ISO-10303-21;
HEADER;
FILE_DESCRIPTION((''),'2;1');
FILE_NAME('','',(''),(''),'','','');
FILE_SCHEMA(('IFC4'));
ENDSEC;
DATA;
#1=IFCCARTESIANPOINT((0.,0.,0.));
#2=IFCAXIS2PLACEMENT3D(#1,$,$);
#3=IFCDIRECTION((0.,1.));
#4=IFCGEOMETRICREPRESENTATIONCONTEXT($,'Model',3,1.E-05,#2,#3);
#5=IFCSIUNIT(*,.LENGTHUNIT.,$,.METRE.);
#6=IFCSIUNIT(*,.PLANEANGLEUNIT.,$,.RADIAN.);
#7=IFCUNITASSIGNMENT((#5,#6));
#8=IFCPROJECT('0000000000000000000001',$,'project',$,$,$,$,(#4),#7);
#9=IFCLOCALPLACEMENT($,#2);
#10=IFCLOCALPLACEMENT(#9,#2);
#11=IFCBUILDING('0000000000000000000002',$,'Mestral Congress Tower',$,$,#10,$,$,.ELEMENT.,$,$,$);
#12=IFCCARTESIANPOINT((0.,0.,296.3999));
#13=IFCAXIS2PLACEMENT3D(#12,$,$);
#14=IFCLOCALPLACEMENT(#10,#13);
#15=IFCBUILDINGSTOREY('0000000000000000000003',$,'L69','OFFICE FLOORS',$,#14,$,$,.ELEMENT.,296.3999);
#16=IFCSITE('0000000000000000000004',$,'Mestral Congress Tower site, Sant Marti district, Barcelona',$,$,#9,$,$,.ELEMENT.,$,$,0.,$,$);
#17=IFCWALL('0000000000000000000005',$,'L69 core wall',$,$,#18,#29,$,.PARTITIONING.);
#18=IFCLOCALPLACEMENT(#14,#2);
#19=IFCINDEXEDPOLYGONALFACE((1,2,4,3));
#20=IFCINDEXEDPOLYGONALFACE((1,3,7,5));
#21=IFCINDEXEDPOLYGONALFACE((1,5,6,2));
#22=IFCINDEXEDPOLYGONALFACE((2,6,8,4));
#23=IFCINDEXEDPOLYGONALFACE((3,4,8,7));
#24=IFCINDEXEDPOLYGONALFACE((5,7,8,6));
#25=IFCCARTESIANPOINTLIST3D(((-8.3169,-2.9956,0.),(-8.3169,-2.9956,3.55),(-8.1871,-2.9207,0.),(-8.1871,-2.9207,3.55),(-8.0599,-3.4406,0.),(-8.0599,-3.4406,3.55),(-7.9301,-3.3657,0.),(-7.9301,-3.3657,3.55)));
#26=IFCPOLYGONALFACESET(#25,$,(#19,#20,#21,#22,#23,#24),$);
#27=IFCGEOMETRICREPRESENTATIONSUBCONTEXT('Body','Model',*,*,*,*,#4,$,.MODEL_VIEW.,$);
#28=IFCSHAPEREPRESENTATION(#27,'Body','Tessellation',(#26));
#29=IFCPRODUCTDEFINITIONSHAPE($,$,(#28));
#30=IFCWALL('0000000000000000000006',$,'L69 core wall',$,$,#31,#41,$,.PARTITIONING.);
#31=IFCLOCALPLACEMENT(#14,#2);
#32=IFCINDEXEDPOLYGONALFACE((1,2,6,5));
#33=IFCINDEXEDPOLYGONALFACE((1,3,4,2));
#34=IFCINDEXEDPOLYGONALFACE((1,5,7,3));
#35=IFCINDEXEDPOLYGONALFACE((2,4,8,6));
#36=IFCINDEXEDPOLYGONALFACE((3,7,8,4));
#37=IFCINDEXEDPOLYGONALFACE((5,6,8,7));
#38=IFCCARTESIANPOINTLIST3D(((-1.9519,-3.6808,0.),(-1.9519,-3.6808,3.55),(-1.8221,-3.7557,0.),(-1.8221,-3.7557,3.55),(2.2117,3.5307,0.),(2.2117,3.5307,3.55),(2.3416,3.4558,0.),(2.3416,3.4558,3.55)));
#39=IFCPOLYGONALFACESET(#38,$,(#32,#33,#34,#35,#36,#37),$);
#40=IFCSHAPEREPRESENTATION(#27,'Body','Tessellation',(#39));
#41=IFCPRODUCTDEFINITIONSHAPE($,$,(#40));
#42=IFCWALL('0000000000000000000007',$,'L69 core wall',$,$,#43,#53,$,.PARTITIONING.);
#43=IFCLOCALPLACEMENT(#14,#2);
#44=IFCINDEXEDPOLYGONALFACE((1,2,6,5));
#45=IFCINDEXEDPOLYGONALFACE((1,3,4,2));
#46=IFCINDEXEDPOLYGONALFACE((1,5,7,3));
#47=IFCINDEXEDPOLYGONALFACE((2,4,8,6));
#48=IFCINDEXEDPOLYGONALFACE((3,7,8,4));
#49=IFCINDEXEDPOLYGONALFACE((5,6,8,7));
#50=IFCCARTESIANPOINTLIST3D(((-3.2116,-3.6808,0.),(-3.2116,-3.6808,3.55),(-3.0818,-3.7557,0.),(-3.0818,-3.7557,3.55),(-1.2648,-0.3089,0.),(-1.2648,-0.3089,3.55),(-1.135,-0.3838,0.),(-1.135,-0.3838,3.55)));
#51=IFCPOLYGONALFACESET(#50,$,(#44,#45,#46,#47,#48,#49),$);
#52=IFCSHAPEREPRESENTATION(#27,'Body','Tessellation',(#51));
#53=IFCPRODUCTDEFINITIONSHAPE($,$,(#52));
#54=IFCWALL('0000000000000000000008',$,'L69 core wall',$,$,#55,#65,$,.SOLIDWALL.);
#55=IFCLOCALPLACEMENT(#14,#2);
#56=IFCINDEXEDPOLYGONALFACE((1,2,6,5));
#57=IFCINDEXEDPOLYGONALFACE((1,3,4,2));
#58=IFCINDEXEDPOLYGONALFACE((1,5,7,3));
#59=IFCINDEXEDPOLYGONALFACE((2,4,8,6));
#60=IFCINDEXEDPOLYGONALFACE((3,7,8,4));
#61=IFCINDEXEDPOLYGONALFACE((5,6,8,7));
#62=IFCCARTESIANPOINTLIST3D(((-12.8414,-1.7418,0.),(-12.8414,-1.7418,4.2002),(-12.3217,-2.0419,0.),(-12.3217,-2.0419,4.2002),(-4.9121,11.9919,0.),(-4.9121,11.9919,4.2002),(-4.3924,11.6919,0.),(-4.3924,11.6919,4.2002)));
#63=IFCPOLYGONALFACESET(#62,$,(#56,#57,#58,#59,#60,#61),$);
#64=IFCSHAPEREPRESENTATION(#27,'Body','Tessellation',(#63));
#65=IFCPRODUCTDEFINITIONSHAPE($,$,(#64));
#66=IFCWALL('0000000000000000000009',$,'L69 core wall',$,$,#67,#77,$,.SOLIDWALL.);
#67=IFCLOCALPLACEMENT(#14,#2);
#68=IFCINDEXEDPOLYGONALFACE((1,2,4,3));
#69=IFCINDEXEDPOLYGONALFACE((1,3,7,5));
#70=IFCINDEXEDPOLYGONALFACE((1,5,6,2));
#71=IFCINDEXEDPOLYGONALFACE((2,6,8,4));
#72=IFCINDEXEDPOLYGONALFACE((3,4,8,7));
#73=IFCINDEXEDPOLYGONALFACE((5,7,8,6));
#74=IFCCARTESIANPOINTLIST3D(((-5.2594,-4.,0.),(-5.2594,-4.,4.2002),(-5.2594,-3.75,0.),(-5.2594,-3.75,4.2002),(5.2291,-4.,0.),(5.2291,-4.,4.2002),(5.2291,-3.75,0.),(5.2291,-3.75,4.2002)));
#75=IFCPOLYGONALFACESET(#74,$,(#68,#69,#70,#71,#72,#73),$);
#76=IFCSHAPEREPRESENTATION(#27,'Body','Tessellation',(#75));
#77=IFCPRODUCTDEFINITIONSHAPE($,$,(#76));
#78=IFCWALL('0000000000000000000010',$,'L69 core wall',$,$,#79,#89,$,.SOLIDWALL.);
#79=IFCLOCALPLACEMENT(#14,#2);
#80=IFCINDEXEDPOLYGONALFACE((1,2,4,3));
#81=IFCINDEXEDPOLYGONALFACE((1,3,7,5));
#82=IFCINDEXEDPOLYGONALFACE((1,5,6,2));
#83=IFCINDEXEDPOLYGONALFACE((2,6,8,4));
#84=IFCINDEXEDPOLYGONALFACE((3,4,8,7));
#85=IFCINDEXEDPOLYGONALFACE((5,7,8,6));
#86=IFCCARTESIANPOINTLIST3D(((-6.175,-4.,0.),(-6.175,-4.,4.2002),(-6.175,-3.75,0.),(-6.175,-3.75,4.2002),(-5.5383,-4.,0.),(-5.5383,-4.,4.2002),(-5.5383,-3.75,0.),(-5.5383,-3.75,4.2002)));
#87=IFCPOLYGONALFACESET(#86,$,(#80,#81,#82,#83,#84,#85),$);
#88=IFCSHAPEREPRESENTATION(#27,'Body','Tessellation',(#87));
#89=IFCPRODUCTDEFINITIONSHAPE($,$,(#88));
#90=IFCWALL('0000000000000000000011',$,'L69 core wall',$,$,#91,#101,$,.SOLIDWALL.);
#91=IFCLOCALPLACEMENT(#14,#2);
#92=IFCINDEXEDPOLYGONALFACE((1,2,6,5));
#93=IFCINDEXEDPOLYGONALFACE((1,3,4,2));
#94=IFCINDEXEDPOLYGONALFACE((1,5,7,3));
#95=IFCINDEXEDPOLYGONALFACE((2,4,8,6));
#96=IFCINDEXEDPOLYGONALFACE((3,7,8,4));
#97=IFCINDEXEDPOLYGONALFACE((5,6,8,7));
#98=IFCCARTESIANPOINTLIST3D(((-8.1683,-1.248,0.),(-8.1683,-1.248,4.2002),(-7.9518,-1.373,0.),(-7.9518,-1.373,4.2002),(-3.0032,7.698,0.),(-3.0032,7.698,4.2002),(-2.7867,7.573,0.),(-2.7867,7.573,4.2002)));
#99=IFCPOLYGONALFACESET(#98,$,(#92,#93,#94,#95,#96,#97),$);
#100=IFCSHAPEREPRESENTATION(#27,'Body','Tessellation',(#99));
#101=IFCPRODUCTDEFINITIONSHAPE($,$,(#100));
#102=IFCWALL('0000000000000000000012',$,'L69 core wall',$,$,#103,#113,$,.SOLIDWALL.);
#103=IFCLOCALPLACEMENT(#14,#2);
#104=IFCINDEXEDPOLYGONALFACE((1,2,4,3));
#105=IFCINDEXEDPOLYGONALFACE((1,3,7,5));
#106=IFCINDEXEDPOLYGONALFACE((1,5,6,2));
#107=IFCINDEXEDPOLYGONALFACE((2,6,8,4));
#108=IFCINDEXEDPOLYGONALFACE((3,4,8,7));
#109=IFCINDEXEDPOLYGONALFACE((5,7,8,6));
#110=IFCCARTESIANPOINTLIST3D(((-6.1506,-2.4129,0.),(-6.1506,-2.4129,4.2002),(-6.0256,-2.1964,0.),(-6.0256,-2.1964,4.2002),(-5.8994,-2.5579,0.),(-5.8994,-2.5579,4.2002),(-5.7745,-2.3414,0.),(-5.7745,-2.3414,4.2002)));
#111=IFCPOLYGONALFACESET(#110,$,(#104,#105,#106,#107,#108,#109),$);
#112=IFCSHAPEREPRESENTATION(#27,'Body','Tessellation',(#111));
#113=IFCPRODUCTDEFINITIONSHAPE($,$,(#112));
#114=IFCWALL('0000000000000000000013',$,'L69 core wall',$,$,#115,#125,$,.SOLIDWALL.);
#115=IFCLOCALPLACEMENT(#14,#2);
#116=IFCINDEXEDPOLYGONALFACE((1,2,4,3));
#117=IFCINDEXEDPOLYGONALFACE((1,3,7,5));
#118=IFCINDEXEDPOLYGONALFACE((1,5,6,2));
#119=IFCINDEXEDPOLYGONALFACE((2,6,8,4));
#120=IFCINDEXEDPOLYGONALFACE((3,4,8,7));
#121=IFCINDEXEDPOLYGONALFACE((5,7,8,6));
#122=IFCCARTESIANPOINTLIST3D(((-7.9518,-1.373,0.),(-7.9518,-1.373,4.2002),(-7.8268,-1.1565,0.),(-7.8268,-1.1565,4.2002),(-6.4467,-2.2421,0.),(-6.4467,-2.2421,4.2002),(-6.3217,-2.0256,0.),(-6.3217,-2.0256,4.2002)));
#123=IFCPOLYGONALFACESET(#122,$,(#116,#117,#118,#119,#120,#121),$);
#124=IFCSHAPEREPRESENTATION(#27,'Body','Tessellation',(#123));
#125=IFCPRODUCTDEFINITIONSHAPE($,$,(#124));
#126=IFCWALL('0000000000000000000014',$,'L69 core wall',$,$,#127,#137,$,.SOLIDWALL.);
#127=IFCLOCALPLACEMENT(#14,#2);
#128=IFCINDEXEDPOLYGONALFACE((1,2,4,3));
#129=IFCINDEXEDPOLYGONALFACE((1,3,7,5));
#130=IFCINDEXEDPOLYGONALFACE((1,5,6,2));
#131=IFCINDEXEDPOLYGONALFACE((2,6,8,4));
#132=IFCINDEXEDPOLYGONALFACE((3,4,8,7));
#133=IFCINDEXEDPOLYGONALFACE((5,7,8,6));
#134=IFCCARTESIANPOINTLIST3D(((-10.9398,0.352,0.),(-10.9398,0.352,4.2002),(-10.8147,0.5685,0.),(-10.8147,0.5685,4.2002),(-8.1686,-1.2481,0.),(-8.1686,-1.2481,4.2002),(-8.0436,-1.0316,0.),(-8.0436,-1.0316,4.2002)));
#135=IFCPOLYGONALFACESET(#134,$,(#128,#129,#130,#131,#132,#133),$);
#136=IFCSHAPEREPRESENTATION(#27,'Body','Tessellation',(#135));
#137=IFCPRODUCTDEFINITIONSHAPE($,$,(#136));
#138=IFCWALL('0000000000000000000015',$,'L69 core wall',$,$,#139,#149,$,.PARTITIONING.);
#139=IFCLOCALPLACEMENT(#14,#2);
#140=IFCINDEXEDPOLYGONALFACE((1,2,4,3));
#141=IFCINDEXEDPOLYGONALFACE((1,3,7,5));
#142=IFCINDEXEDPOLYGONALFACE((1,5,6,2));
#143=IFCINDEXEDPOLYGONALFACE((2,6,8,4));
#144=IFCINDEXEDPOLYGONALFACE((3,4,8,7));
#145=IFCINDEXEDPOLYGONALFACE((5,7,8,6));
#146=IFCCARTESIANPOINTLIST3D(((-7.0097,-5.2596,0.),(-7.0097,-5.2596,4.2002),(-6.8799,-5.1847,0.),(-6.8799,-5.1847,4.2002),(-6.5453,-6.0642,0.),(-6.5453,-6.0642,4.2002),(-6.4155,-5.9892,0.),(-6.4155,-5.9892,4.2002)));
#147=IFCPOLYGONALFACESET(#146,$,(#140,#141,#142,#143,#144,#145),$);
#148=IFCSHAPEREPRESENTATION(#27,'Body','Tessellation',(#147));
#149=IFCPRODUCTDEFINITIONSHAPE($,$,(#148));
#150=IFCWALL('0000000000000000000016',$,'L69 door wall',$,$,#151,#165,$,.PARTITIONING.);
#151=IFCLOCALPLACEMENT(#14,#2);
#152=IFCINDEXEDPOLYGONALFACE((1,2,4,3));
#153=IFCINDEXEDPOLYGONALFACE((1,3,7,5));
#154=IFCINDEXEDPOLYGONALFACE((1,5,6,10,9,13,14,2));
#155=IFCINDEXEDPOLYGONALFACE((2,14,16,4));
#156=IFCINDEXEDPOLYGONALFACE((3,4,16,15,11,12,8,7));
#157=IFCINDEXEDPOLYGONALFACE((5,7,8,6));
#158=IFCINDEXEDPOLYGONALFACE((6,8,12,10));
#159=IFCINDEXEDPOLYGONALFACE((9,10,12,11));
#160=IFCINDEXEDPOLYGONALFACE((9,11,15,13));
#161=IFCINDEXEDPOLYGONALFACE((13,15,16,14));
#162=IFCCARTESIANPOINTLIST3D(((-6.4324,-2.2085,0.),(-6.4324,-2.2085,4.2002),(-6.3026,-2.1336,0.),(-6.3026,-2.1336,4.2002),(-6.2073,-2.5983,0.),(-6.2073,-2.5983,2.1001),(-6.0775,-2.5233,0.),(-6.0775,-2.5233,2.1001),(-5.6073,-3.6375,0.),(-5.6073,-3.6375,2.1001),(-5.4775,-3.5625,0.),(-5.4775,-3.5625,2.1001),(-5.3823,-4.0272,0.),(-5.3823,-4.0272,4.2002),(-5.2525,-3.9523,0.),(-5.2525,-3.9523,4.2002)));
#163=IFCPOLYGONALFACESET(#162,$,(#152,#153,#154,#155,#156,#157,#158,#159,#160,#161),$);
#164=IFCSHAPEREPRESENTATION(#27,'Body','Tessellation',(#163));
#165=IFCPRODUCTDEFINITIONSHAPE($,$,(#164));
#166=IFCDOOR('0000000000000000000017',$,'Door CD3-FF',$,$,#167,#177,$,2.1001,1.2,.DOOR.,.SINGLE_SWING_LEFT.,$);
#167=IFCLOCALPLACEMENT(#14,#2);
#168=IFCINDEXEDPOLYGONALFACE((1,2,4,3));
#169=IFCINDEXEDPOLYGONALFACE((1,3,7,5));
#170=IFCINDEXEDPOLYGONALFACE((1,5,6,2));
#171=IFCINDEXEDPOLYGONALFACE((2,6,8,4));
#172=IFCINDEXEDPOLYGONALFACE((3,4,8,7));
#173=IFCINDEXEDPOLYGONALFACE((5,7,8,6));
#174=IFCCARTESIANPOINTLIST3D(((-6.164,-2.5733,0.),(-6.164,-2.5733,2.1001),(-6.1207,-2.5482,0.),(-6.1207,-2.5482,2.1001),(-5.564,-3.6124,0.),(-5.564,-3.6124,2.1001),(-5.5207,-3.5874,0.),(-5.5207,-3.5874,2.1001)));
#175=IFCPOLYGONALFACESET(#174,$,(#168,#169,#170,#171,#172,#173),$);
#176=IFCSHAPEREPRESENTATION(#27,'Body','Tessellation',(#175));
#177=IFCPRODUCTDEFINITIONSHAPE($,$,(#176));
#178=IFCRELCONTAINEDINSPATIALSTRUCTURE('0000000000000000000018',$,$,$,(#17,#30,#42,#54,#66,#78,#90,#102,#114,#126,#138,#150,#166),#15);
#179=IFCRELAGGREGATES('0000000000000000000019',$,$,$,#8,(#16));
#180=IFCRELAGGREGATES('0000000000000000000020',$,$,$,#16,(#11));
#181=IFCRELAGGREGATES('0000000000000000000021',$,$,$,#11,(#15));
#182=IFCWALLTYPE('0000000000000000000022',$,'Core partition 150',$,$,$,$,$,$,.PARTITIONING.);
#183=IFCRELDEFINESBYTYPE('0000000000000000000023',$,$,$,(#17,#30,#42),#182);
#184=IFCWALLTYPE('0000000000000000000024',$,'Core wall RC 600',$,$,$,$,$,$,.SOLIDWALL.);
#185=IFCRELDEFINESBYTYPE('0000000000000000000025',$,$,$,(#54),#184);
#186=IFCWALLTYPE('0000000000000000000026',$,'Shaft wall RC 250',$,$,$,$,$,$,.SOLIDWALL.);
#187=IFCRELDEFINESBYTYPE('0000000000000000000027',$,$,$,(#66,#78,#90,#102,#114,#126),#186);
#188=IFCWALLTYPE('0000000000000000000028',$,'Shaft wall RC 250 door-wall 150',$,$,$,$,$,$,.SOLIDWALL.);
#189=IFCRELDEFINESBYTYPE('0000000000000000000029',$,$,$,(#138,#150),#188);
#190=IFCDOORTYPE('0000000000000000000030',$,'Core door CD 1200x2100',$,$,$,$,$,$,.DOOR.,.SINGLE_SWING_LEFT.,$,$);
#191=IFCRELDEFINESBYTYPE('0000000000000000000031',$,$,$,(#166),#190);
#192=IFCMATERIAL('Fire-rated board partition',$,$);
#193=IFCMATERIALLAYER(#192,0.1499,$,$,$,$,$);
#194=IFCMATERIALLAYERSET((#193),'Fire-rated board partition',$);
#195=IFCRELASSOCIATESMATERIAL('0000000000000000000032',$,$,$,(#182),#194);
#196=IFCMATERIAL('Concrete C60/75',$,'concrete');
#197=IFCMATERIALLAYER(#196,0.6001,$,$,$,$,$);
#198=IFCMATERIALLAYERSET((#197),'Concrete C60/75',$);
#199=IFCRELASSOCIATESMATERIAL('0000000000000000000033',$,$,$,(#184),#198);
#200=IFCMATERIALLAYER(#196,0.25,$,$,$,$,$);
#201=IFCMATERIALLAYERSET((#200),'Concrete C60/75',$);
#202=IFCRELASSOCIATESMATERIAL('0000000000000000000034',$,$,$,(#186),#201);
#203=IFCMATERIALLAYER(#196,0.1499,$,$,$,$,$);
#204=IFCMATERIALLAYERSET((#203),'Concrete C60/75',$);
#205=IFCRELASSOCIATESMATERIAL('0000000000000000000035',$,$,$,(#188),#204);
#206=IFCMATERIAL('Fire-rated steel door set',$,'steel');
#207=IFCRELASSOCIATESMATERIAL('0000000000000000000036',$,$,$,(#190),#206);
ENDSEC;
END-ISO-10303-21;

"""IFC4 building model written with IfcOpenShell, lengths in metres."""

from ifc_helpers import new_model, si_unit, direction, frame, frame_2d, origin, place, context, subcontext, project, spatial, rectangle, extrude, material, layer, layer_set, type_object, element, fill, save


model = new_model("IFC4")

# Units and contexts
model_context = context("Model", 3, precision=1e-05, world=origin(), true_north=direction((0.0, 1.0)))
body_context = subcontext(model_context, "Body", "Model", "MODEL_VIEW")
ifc_project = project(units=[si_unit("LENGTHUNIT", "METRE"), si_unit("PLANEANGLEUNIT", "RADIAN")], contexts=[model_context])

# Site, building, storey
site_placement = place(None, origin())
site = spatial("IfcSite", under=ifc_project, at=site_placement, Name="Mestral Congress Tower site, Sant Marti district, Barcelona", CompositionType="ELEMENT", RefElevation=0.0)
building_placement = place(site_placement, origin())
building = spatial("IfcBuilding", under=site, at=building_placement, Name="Mestral Congress Tower", CompositionType="ELEMENT")
storey_placement = place(building_placement, frame((0.0, 0.0, 296.3999)))
storey = spatial("IfcBuildingStorey", under=building, at=storey_placement, Name="L69", Description="OFFICE FLOORS", CompositionType="ELEMENT", Elevation=296.3999)

# Walls
ifc_material_1 = material(Name="Fire-rated board partition")
ifc_layer_1 = layer(ifc_material_1, 0.1499)
ifc_layer_set_1 = layer_set([ifc_layer_1], Name="Fire-rated board partition")
wall_type_1 = type_object("IfcWallType", Name="Core partition 150", PredefinedType="PARTITIONING", material=ifc_layer_set_1)
wall_1_placement = place(storey_placement, frame((-8.252, -2.9583, 0.0), z_axis=(0.0, 0.0, 1.0), x_axis=(0.500175, -0.865925, 0.0)))
element("IfcWall", 1, at=wall_1_placement, inside=storey, type_object=wall_type_1, Name="L69 core wall", PredefinedType="PARTITIONING", context=body_context, shape_type="SweptSolid", body=[
    extrude(rectangle(XDim=0.5139, YDim=0.1499, at=frame_2d((0.2568, 0.0))), origin(), (0.0, 0.0, 1.0), 3.55),
])
wall_2_placement = place(storey_placement, frame((-1.887, -3.7183, 0.0), z_axis=(0.0, 0.0, 1.0), x_axis=(0.500005, 0.866023, 0.0)))
element("IfcWall", 2, at=wall_2_placement, inside=storey, type_object=wall_type_1, Name="L69 core wall", PredefinedType="PARTITIONING", context=body_context, shape_type="SweptSolid", body=[
    extrude(rectangle(XDim=8.3271, YDim=0.1499, at=frame_2d((4.1636, 0.0))), origin(), (0.0, 0.0, 1.0), 3.55),
])
wall_3_placement = place(storey_placement, frame((-3.1467, -3.7183, 0.0), z_axis=(0.0, 0.0, 1.0), x_axis=(0.50001, 0.86602, 0.0)))
element("IfcWall", 3, at=wall_3_placement, inside=storey, type_object=wall_type_1, Name="L69 core wall", PredefinedType="PARTITIONING", context=body_context, shape_type="SweptSolid", body=[
    extrude(rectangle(XDim=3.8936, YDim=0.1499, at=frame_2d((1.9468, 0.0))), origin(), (0.0, 0.0, 1.0), 3.55),
])
ifc_material_2 = material(Name="Concrete C60/75", Category="concrete")
ifc_layer_2 = layer(ifc_material_2, 0.6001)
ifc_layer_set_2 = layer_set([ifc_layer_2], Name="Concrete C60/75")
wall_type_2 = type_object("IfcWallType", Name="Core wall RC 600", PredefinedType="SOLIDWALL", material=ifc_layer_set_2)
wall_4_placement = place(storey_placement, frame((-12.5815, -1.8918, 0.0), z_axis=(0.0, 0.0, 1.0), x_axis=(0.500004, 0.866023, 0.0)))
element("IfcWall", 4, at=wall_4_placement, inside=storey, type_object=wall_type_2, Name="L69 core wall", PredefinedType="SOLIDWALL", context=body_context, shape_type="SweptSolid", body=[
    extrude(rectangle(XDim=15.8584, YDim=0.6001, at=frame_2d((7.9292, 0.0))), origin(), (0.0, 0.0, 1.0), 4.2002),
])
ifc_layer_3 = layer(ifc_material_2, 0.25)
ifc_layer_set_3 = layer_set([ifc_layer_3], Name="Concrete C60/75")
wall_type_3 = type_object("IfcWallType", Name="Shaft wall RC 250", PredefinedType="SOLIDWALL", material=ifc_layer_set_3)
wall_5_placement = place(storey_placement, frame((-5.2593, -3.875, 0.0), z_axis=(0.0, 0.0, 1.0), x_axis=(1.0, 0.0, 0.0)))
element("IfcWall", 5, at=wall_5_placement, inside=storey, type_object=wall_type_3, Name="L69 core wall", PredefinedType="SOLIDWALL", context=body_context, shape_type="SweptSolid", body=[
    extrude(rectangle(XDim=10.4885, YDim=0.25, at=frame_2d((5.2441, 0.0))), origin(), (0.0, 0.0, 1.0), 4.2002),
])
wall_6_placement = place(storey_placement, frame((-6.175, -3.875, 0.0), z_axis=(0.0, 0.0, 1.0), x_axis=(1.0, 0.0, 0.0)))
element("IfcWall", 6, at=wall_6_placement, inside=storey, type_object=wall_type_3, Name="L69 core wall", PredefinedType="SOLIDWALL", context=body_context, shape_type="SweptSolid", body=[
    extrude(rectangle(XDim=0.6367, YDim=0.25, at=frame_2d((0.3184, 0.0))), origin(), (0.0, 0.0, 1.0), 4.2002),
])
wall_7_placement = place(storey_placement, frame((-8.0601, -1.3105, 0.0), z_axis=(0.0, 0.0, 1.0), x_axis=(0.500003, 0.866024, 0.0)))
element("IfcWall", 7, at=wall_7_placement, inside=storey, type_object=wall_type_3, Name="L69 core wall", PredefinedType="SOLIDWALL", context=body_context, shape_type="SweptSolid", body=[
    extrude(rectangle(XDim=10.3301, YDim=0.25, at=frame_2d((5.165, 0.0))), origin(), (0.0, 0.0, 1.0), 4.2002),
])
wall_8_placement = place(storey_placement, frame((-6.0881, -2.3047, 0.0), z_axis=(0.0, 0.0, 1.0), x_axis=(0.866059, -0.499941, 0.0)))
element("IfcWall", 8, at=wall_8_placement, inside=storey, type_object=wall_type_3, Name="L69 core wall", PredefinedType="SOLIDWALL", context=body_context, shape_type="SweptSolid", body=[
    extrude(rectangle(XDim=0.29, YDim=0.25, at=frame_2d((0.145, 0.0))), origin(), (0.0, 0.0, 1.0), 4.2002),
])
wall_9_placement = place(storey_placement, frame((-7.8894, -1.2646, 0.0), z_axis=(0.0, 0.0, 1.0), x_axis=(0.865987, -0.500067, 0.0)))
element("IfcWall", 9, at=wall_9_placement, inside=storey, type_object=wall_type_3, Name="L69 core wall", PredefinedType="SOLIDWALL", context=body_context, shape_type="SweptSolid", body=[
    extrude(rectangle(XDim=1.738, YDim=0.25, at=frame_2d((0.8691, 0.0))), origin(), (0.0, 0.0, 1.0), 4.2002),
])
wall_10_placement = place(storey_placement, frame((-8.106, -1.1399, 0.0), z_axis=(0.0, 0.0, 1.0), x_axis=(-0.866009, 0.500028, 0.0)))
element("IfcWall", 10, at=wall_10_placement, inside=storey, type_object=wall_type_3, Name="L69 core wall", PredefinedType="SOLIDWALL", context=body_context, shape_type="SweptSolid", body=[
    extrude(rectangle(XDim=3.2, YDim=0.25, at=frame_2d((1.6001, 0.0))), origin(), (0.0, 0.0, 1.0), 4.2002),
])
ifc_layer_4 = layer(ifc_material_2, 0.1499)
ifc_layer_set_4 = layer_set([ifc_layer_4], Name="Concrete C60/75")
wall_type_4 = type_object("IfcWallType", Name="Shaft wall RC 250 door-wall 150", PredefinedType="SOLIDWALL", material=ifc_layer_set_4)
wall_11_placement = place(storey_placement, frame((-6.4805, -6.0266, 0.0), z_axis=(0.0, 0.0, 1.0), x_axis=(-0.499927, 0.866067, 0.0)))
element("IfcWall", 11, at=wall_11_placement, inside=storey, type_object=wall_type_4, Name="L69 core wall", PredefinedType="PARTITIONING", context=body_context, shape_type="SweptSolid", body=[
    extrude(rectangle(XDim=0.929, YDim=0.1499, at=frame_2d((0.4644, 0.0))), origin(), (0.0, 0.0, 1.0), 4.2002),
])

# Wall, opening, door
wall_12_placement = place(storey_placement, frame((-5.3174, -3.9897, 0.0), z_axis=(0.0, 0.0, 1.0), x_axis=(-0.500028, 0.866009, 0.0)))
wall_12 = element("IfcWall", 12, at=wall_12_placement, inside=storey, type_object=wall_type_4, Name="L69 door wall", PredefinedType="PARTITIONING", context=body_context, shape_type="SweptSolid", body=[
    extrude(rectangle(XDim=2.1001, YDim=0.1499, at=frame_2d((1.05, 0.0))), origin(), (0.0, 0.0, 1.0), 4.2002),
])
opening_1_placement = place(wall_12_placement, frame((0.45, 0.0, 0.0)))
opening_1 = element("IfcOpeningElement", 13, at=opening_1_placement, cuts=wall_12, PredefinedType="OPENING", context=body_context, shape_type="SweptSolid", body=[
    extrude(rectangle(XDim=1.2, YDim=2.1001, at=frame_2d((0.6001, 1.05))), frame((0.0, 0.085, 0.0), z_axis=(0.0, -1.0, 0.0), x_axis=(1.0, 0.0, 0.0)), (0.0, 0.0, 1.0), 0.1699),
])
ifc_material_3 = material(Name="Fire-rated steel door set", Category="steel")
door_type_1 = type_object("IfcDoorType", Name="Core door CD 1200x2100", OperationType="SINGLE_SWING_LEFT", PredefinedType="DOOR", material=ifc_material_3)
door_1_placement = place(opening_1_placement, origin())
door_1 = element("IfcDoor", 14, at=door_1_placement, inside=storey, type_object=door_type_1, Name="Door CD3-FF", OperationType="SINGLE_SWING_LEFT", OverallHeight=2.1001, OverallWidth=1.2, PredefinedType="DOOR", context=body_context, shape_type="SweptSolid", body=[
    extrude(rectangle(XDim=1.2, YDim=2.1001, at=frame_2d((0.6001, 1.05))), frame((0.0, 0.0249, 0.0), z_axis=(0.0, -1.0, 0.0), x_axis=(1.0, 0.0, 0.0)), (0.0, 0.0, 1.0), 0.05),
])
fill(opening_1, door_1)

save(model, "model.ifc")
